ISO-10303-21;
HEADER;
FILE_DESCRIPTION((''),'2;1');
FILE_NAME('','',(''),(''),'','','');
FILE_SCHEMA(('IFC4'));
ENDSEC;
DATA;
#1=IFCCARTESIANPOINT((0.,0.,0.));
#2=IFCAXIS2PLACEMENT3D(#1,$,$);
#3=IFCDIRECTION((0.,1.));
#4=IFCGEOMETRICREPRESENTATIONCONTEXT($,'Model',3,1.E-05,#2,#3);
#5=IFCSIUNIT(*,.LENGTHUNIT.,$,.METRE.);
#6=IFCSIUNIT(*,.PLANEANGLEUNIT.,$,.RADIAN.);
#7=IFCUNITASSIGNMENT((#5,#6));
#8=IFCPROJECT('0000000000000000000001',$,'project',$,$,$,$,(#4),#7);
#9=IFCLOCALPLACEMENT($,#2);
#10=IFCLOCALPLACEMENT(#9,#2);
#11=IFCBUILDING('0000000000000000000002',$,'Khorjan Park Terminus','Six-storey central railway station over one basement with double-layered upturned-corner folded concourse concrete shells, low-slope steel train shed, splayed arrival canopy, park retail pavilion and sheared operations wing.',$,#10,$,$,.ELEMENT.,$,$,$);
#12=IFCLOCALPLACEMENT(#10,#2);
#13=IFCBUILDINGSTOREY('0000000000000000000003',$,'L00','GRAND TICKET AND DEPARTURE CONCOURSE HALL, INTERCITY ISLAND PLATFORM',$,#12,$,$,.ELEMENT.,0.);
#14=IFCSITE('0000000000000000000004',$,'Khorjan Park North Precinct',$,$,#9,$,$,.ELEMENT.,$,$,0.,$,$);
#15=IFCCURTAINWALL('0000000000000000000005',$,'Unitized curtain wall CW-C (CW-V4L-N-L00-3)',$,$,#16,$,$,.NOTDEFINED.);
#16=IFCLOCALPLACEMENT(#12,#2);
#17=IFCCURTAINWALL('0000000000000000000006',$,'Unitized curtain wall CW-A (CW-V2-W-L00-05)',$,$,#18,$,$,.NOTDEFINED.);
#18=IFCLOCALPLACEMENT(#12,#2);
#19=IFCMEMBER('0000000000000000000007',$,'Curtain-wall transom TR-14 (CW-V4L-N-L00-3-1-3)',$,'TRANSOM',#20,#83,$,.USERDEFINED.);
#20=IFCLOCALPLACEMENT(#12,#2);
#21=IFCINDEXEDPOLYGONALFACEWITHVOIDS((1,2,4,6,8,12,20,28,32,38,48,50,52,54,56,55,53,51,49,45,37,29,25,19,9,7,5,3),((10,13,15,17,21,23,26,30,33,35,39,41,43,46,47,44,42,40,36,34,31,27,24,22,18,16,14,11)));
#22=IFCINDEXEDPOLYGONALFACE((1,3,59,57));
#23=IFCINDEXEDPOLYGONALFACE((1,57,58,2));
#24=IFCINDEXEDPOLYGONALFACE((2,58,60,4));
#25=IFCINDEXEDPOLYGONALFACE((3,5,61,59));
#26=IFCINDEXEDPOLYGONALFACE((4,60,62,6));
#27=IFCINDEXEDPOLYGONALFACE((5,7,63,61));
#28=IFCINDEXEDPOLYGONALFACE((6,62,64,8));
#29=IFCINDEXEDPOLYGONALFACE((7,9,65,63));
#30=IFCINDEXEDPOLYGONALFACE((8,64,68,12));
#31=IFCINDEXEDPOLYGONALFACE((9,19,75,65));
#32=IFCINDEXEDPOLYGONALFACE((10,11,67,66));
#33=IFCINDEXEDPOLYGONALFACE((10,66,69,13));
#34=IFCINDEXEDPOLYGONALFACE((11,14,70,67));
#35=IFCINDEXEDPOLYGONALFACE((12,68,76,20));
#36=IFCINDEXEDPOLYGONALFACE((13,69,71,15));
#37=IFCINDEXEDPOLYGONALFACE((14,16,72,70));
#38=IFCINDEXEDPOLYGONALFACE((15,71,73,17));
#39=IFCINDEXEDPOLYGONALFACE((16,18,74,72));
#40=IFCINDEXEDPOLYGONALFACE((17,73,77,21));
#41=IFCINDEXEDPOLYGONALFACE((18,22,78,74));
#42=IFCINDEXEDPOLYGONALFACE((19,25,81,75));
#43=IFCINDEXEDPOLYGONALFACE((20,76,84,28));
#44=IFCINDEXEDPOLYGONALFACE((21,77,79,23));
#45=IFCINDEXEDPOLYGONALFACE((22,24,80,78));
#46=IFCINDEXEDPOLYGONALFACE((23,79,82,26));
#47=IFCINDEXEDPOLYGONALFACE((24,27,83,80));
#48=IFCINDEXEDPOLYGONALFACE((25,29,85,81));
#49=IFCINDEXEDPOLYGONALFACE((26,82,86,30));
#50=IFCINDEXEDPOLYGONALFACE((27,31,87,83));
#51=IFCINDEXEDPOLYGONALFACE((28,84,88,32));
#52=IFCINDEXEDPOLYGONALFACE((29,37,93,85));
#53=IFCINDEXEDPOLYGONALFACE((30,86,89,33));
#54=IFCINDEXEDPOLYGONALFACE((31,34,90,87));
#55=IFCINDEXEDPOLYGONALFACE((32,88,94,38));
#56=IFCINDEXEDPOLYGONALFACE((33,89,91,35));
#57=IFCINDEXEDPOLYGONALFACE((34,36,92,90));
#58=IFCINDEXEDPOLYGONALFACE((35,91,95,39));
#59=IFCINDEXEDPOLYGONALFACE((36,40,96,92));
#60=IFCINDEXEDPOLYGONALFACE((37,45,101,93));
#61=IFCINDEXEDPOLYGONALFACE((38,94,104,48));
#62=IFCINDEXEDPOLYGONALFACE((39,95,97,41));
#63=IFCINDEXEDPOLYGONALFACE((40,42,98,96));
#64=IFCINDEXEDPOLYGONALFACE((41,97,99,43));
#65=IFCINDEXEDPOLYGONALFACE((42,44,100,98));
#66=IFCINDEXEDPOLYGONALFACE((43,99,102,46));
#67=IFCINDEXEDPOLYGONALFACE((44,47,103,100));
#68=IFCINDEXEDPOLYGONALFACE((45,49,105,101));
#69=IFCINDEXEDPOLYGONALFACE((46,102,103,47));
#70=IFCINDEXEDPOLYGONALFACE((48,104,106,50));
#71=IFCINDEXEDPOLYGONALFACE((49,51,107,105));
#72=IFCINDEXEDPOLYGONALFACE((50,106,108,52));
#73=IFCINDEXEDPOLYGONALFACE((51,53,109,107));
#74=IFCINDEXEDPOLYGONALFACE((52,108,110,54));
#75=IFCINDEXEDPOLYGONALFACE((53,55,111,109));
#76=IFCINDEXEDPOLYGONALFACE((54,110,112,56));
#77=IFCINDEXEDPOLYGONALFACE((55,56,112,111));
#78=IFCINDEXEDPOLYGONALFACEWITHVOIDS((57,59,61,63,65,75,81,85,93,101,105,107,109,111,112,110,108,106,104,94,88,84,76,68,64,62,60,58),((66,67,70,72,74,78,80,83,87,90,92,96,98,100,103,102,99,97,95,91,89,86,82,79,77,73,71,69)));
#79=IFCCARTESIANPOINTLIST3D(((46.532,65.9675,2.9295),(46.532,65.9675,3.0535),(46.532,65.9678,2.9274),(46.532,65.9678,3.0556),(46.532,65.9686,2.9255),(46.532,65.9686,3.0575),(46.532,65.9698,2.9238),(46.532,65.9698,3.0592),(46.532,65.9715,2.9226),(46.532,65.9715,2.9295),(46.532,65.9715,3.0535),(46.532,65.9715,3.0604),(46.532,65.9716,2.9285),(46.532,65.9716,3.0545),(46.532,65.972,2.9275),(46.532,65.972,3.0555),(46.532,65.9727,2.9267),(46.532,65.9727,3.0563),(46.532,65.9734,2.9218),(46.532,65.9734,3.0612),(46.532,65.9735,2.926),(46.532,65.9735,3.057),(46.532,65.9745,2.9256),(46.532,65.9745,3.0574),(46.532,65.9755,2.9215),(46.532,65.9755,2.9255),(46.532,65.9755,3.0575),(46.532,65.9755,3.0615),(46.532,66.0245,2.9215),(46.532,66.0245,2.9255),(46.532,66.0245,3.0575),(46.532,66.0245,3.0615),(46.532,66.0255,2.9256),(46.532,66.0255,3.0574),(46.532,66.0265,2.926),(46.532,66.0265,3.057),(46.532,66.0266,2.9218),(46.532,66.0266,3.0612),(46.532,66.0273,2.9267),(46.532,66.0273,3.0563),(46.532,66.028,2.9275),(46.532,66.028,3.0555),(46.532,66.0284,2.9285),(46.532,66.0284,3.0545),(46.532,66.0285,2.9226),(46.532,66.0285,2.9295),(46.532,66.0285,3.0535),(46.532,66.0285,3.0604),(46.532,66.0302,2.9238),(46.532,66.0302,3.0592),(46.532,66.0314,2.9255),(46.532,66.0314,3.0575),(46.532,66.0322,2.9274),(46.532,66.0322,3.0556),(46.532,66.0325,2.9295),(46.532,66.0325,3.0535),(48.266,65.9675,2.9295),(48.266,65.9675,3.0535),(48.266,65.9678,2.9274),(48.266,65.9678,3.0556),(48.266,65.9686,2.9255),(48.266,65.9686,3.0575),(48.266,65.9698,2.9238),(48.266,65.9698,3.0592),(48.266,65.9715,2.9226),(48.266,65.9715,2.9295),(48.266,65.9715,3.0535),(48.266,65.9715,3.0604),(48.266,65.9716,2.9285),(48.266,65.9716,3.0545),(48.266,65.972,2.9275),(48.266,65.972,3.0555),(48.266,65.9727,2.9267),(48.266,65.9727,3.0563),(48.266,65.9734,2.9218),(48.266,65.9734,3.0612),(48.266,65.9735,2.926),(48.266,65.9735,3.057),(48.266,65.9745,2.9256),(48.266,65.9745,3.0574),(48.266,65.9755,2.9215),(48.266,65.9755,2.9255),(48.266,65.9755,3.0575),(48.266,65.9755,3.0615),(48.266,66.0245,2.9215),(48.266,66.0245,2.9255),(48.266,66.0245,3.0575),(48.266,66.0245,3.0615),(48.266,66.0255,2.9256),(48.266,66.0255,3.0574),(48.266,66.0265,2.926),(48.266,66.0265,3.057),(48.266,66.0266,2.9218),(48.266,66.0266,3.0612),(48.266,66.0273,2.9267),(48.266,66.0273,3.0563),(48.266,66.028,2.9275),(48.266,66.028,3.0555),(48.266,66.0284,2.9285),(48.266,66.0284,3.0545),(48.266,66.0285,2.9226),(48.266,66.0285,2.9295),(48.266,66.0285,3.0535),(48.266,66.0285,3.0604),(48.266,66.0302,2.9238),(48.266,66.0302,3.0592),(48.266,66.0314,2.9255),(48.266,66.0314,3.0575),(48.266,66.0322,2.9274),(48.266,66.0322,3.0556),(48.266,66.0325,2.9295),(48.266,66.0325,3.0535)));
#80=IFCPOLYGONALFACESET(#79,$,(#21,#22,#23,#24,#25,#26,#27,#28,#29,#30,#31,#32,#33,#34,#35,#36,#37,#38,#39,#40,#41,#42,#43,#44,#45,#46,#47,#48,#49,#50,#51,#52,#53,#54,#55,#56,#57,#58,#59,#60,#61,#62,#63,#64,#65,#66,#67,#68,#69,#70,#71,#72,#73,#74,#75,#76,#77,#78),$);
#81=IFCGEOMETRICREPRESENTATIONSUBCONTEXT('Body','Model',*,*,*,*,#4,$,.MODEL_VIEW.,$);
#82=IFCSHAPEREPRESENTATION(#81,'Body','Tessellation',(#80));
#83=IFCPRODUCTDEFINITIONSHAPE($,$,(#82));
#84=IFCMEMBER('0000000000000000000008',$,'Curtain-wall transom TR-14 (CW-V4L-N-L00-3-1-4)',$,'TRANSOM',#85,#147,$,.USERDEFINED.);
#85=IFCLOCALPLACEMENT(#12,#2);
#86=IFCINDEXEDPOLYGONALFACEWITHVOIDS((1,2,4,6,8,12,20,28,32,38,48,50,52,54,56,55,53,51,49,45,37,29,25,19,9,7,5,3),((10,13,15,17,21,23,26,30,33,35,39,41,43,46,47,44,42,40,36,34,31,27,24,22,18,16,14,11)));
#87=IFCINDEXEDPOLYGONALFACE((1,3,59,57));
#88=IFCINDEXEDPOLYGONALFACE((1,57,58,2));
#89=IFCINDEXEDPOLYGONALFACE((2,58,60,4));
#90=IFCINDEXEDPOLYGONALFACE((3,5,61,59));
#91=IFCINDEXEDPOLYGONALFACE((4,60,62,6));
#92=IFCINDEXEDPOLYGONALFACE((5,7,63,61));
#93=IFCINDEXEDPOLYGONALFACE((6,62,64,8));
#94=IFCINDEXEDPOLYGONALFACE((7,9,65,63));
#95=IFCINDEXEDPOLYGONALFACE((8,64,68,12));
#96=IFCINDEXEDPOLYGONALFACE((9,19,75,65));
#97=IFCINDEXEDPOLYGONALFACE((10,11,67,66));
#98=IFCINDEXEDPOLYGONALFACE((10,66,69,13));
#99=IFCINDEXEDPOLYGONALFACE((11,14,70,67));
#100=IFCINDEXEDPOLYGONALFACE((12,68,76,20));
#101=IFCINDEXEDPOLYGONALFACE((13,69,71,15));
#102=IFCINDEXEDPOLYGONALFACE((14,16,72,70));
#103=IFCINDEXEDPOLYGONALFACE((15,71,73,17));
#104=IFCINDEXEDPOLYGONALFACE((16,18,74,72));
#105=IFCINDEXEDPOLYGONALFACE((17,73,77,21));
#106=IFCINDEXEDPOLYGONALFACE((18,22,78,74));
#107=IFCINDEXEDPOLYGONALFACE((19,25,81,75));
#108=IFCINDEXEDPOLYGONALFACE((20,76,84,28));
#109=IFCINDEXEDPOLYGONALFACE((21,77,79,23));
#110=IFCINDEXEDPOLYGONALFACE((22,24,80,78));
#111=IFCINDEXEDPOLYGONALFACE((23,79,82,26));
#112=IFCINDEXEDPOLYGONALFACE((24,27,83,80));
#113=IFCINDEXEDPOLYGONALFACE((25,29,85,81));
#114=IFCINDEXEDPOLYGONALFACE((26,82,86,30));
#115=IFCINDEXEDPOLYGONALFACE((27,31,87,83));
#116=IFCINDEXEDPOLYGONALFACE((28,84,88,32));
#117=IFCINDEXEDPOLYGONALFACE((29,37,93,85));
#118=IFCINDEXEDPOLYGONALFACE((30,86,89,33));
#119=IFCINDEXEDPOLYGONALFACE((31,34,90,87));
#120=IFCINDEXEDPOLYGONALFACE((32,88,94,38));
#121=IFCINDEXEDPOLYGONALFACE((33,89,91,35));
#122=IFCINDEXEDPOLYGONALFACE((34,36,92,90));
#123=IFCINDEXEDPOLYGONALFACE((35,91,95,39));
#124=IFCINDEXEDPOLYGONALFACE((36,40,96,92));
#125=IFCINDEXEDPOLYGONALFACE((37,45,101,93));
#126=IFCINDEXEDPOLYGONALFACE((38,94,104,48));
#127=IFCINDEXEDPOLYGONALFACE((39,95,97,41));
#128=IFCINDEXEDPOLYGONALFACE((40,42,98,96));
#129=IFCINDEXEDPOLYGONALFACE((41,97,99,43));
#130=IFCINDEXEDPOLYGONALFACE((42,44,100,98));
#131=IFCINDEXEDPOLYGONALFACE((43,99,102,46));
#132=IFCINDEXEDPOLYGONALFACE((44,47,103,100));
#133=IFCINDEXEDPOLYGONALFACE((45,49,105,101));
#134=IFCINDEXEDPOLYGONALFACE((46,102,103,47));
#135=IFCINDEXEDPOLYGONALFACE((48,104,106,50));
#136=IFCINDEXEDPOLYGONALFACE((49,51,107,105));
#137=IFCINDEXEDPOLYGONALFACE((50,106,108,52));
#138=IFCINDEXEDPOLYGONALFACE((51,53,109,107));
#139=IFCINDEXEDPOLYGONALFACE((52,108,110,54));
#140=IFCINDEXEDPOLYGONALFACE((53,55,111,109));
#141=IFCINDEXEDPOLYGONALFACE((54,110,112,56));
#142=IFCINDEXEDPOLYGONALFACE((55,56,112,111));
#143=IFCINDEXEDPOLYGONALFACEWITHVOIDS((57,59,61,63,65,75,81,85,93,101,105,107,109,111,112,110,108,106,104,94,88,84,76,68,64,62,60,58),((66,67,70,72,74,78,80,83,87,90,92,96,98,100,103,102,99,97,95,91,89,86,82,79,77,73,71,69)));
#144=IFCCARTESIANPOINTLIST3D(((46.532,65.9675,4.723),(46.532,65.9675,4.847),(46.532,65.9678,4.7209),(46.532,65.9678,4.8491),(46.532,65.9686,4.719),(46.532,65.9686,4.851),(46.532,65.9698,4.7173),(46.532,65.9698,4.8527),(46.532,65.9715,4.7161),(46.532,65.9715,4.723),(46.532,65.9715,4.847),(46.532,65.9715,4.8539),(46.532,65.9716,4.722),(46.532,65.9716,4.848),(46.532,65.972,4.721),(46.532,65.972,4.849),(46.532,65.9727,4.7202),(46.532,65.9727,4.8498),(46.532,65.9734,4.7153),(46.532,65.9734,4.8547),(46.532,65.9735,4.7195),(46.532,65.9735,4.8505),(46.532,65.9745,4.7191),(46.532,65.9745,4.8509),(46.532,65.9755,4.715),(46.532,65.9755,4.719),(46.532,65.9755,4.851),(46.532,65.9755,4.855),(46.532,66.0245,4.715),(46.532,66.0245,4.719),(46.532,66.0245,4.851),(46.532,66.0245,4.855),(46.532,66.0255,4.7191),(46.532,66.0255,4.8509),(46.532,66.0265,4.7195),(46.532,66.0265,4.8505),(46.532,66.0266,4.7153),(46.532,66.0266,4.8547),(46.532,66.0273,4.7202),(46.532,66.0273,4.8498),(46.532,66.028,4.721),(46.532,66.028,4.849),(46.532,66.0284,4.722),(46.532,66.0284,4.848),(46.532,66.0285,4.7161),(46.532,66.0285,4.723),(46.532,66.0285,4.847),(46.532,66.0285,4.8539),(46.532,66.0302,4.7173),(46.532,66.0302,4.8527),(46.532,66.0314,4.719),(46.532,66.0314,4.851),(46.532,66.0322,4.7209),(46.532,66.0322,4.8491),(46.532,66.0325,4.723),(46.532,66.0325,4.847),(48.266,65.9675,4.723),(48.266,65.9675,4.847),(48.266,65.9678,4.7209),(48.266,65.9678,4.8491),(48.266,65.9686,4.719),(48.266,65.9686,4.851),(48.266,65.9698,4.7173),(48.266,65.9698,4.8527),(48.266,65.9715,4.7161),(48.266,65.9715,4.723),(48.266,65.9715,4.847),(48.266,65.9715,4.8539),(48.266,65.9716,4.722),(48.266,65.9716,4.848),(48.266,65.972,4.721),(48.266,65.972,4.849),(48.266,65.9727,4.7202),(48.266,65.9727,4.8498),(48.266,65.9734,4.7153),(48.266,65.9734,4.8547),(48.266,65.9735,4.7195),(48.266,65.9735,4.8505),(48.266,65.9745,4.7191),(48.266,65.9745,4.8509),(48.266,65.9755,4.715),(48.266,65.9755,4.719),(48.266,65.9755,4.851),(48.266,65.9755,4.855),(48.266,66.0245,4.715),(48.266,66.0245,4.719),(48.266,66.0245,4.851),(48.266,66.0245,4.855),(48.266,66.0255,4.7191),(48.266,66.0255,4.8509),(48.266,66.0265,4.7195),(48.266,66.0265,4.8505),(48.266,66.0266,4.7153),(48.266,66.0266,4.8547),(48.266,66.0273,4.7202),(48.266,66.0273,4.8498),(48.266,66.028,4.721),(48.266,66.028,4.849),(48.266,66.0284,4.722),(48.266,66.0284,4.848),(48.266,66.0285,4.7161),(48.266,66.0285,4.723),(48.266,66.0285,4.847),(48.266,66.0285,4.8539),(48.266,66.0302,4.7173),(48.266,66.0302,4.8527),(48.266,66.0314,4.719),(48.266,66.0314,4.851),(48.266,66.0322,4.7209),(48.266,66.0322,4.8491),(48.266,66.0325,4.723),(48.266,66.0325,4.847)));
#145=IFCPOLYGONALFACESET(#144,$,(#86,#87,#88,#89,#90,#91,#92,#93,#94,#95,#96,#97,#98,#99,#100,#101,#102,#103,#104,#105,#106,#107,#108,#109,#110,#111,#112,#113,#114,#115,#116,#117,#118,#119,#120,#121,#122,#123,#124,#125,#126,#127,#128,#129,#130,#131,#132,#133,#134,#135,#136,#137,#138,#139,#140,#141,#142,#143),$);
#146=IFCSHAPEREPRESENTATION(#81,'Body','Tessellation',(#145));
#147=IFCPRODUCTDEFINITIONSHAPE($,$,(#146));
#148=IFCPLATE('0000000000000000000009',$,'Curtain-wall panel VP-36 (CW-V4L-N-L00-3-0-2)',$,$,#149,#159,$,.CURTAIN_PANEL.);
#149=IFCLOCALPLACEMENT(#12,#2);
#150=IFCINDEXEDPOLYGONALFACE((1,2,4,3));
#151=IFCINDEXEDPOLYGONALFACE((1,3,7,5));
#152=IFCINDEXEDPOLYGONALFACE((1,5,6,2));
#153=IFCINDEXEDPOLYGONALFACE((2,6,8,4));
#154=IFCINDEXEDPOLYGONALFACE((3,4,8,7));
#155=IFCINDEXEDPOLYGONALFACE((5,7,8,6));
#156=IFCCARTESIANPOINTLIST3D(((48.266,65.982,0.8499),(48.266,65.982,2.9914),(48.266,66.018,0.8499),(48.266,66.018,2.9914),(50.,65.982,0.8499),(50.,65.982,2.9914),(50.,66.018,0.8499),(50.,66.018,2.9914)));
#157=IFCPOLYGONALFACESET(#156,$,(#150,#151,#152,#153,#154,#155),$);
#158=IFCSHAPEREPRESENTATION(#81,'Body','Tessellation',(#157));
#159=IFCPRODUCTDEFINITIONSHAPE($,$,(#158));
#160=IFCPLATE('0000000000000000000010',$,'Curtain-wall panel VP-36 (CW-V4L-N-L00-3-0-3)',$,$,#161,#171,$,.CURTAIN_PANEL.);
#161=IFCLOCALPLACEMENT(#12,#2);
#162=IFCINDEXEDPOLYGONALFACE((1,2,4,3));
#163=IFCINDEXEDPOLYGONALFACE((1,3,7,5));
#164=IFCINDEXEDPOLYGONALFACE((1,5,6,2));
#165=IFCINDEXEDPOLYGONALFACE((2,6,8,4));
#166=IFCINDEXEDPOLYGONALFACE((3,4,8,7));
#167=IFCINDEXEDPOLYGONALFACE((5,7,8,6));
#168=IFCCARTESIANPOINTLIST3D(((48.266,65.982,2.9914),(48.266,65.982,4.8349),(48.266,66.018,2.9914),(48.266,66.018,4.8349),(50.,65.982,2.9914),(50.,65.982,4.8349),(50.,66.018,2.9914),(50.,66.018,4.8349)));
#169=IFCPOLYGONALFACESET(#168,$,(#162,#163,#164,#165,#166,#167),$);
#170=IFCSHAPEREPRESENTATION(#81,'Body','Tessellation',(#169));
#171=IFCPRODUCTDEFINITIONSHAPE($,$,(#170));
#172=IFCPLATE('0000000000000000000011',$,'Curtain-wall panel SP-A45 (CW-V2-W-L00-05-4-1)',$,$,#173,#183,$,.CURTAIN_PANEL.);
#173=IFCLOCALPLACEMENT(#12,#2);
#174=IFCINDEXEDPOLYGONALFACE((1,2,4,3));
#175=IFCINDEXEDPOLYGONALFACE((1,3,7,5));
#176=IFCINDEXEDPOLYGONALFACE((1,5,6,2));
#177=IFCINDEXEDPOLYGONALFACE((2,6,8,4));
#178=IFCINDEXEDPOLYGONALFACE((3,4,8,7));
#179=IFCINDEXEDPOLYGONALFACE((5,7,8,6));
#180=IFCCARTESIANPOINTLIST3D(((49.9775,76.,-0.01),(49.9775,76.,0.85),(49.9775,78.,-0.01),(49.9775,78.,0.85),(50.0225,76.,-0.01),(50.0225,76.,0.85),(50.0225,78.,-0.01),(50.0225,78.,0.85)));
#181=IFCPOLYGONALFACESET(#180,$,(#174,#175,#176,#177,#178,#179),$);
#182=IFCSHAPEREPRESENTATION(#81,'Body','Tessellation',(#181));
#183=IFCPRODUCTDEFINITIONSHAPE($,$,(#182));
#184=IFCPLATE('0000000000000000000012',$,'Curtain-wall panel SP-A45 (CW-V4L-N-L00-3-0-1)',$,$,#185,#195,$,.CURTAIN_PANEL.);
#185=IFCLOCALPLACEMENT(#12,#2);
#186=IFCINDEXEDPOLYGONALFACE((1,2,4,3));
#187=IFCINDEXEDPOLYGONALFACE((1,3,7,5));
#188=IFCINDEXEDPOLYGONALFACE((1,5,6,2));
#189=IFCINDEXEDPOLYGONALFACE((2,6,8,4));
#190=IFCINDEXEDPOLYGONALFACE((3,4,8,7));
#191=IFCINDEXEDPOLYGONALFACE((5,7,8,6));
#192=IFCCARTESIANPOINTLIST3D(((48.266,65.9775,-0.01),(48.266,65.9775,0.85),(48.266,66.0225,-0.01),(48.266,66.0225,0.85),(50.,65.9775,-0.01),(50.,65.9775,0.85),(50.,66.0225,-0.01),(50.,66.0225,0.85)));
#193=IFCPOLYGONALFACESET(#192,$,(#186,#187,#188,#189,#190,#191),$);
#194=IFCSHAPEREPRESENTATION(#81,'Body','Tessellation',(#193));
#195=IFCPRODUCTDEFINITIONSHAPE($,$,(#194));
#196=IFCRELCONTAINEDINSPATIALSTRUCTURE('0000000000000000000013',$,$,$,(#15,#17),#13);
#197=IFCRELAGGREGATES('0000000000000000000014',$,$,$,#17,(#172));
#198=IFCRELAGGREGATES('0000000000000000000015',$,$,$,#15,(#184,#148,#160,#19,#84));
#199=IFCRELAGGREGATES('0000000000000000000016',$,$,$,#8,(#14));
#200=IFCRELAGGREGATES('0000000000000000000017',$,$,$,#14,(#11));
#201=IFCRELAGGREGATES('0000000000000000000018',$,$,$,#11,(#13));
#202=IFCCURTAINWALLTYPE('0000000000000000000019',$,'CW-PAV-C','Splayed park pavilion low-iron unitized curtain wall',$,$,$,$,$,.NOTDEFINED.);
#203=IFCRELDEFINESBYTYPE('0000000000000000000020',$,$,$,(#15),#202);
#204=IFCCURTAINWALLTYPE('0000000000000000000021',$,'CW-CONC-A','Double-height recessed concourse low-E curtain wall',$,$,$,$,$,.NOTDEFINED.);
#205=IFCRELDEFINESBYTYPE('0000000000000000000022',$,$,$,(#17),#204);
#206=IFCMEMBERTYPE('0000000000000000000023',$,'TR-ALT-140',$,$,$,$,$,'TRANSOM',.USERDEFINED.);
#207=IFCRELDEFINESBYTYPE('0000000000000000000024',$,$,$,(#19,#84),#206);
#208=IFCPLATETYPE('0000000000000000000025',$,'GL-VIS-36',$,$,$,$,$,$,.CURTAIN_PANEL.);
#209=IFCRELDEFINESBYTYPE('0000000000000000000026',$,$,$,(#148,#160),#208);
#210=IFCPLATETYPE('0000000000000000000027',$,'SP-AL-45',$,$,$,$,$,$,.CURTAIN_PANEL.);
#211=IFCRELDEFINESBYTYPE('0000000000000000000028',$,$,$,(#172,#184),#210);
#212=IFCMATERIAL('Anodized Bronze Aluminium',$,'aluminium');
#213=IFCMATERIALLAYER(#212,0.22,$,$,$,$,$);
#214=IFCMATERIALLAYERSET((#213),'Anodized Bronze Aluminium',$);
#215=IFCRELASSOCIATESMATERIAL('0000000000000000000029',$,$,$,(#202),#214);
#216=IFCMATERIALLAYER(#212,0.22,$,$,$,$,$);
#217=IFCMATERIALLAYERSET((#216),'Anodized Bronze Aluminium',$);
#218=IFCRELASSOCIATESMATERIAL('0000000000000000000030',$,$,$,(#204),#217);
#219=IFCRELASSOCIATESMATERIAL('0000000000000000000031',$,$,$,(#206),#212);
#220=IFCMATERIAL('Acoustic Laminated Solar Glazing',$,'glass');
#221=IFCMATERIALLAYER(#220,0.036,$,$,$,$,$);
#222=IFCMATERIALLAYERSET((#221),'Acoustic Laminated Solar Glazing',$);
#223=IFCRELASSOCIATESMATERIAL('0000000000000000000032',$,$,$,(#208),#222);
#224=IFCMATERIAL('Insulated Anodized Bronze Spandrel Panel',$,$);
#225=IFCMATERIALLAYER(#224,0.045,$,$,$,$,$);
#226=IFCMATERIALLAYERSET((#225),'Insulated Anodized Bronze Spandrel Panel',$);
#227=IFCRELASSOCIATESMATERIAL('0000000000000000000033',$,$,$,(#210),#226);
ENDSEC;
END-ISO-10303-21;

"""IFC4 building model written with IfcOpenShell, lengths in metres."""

from ifc_helpers import new_model, si_unit, direction, frame, origin, origin_2d, place, context, subcontext, project, spatial, rectangle, hollow_rectangle, extrude, material, layer, layer_set, material_profile, profile_set, type_object, element, aggregate, save


model = new_model("IFC4")

# Units and contexts
model_context = context("Model", 3, precision=1e-05, world=origin(), true_north=direction((0.0, 1.0)))
body_context = subcontext(model_context, "Body", "Model", "MODEL_VIEW")
ifc_project = project(units=[si_unit("LENGTHUNIT", "METRE"), si_unit("PLANEANGLEUNIT", "RADIAN")], contexts=[model_context])

# Site, building, storey
site_placement = place(None, origin())
site = spatial("IfcSite", under=ifc_project, at=site_placement, Name="Khorjan Park North Precinct", CompositionType="ELEMENT", RefElevation=0.0)
building_placement = place(site_placement, origin())
building = spatial("IfcBuilding", under=site, at=building_placement, Name="Khorjan Park Terminus", Description="Six-storey central railway station over one basement with double-layered upturned-corner folded concourse concrete shells, low-slope steel train shed, splayed arrival canopy, park retail pavilion and sheared operations wing.", CompositionType="ELEMENT")
storey_placement = place(building_placement, origin())
storey = spatial("IfcBuildingStorey", under=building, at=storey_placement, Name="L00", Description="GRAND TICKET AND DEPARTURE CONCOURSE HALL, INTERCITY ISLAND PLATFORM", CompositionType="ELEMENT", Elevation=0.0)

# Curtain walls
ifc_material_1 = material(Name="Anodized Bronze Aluminium", Category="aluminium")
ifc_layer_1 = layer(ifc_material_1, 0.22)
ifc_layer_set_1 = layer_set([ifc_layer_1], Name="Anodized Bronze Aluminium")
curtain_wall_type_1 = type_object("IfcCurtainWallType", Name="CW-PAV-C", Description="Splayed park pavilion low-iron unitized curtain wall", PredefinedType="NOTDEFINED", material=ifc_layer_set_1)
curtain_wall_1_placement = place(storey_placement, origin())
curtain_wall_1 = element("IfcCurtainWall", 1, at=curtain_wall_1_placement, inside=storey, type_object=curtain_wall_type_1, Name="Unitized curtain wall CW-C (CW-V4L-N-L00-3)", PredefinedType="NOTDEFINED")
ifc_layer_2 = layer(ifc_material_1, 0.22)
ifc_layer_set_2 = layer_set([ifc_layer_2], Name="Anodized Bronze Aluminium")
curtain_wall_type_2 = type_object("IfcCurtainWallType", Name="CW-CONC-A", Description="Double-height recessed concourse low-E curtain wall", PredefinedType="NOTDEFINED", material=ifc_layer_set_2)
curtain_wall_2_placement = place(storey_placement, origin())
curtain_wall_2 = element("IfcCurtainWall", 2, at=curtain_wall_2_placement, inside=storey, type_object=curtain_wall_type_2, Name="Unitized curtain wall CW-A (CW-V2-W-L00-05)", PredefinedType="NOTDEFINED")

# Members
ifc_material_profile_1 = material_profile(ifc_material_1, hollow_rectangle(XDim=0.065, YDim=0.14, WallThickness=0.004, InnerFilletRadius=0.004, OuterFilletRadius=0.008, at=origin_2d()), Name="ALT 65x140x4")
ifc_profile_set_1 = profile_set([ifc_material_profile_1], Name="Anodized Bronze Aluminium")
member_type_1 = type_object("IfcMemberType", Name="TR-ALT-140", ElementType="TRANSOM", PredefinedType="USERDEFINED", material=ifc_profile_set_1)
member_1_placement = place(storey_placement, frame((48.266, 66.0, 2.9915), z_axis=(-1.0, 0.0, 0.0), x_axis=(0.0, -1.0, 0.0)))
member_1 = element("IfcMember", 3, at=member_1_placement, type_object=member_type_1, Name="Curtain-wall transom TR-14 (CW-V4L-N-L00-3-1-3)", ObjectType="TRANSOM", PredefinedType="USERDEFINED", context=body_context, shape_type="SweptSolid", body=[
    extrude(hollow_rectangle(XDim=0.065, YDim=0.14, WallThickness=0.004, InnerFilletRadius=0.004, OuterFilletRadius=0.008, at=origin_2d()), origin(), (0.0, 0.0, 1.0), 1.734),
])
member_2_placement = place(storey_placement, frame((48.266, 66.0, 4.785), z_axis=(-1.0, 0.0, 0.0), x_axis=(0.0, -1.0, 0.0)))
member_2 = element("IfcMember", 4, at=member_2_placement, type_object=member_type_1, Name="Curtain-wall transom TR-14 (CW-V4L-N-L00-3-1-4)", ObjectType="TRANSOM", PredefinedType="USERDEFINED", context=body_context, shape_type="SweptSolid", body=[
    extrude(hollow_rectangle(XDim=0.065, YDim=0.14, WallThickness=0.004, InnerFilletRadius=0.004, OuterFilletRadius=0.008, at=origin_2d()), origin(), (0.0, 0.0, 1.0), 1.734),
])

# Plates
ifc_material_2 = material(Name="Acoustic Laminated Solar Glazing", Category="glass")
ifc_layer_3 = layer(ifc_material_2, 0.036)
ifc_layer_set_3 = layer_set([ifc_layer_3], Name="Acoustic Laminated Solar Glazing")
plate_type_1 = type_object("IfcPlateType", Name="GL-VIS-36", PredefinedType="CURTAIN_PANEL", material=ifc_layer_set_3)
plate_1_placement = place(storey_placement, frame((49.133, 66.0, 0.8499), z_axis=(0.0, 0.0, 1.0), x_axis=(-1.0, 0.0, 0.0)))
plate_1 = element("IfcPlate", 5, at=plate_1_placement, type_object=plate_type_1, Name="Curtain-wall panel VP-36 (CW-V4L-N-L00-3-0-2)", PredefinedType="CURTAIN_PANEL", context=body_context, shape_type="SweptSolid", body=[
    extrude(rectangle(XDim=1.734, YDim=0.036, at=origin_2d()), origin(), (0.0, 0.0, 1.0), 2.1415),
])
plate_2_placement = place(storey_placement, frame((49.133, 66.0, 2.9914), z_axis=(0.0, 0.0, 1.0), x_axis=(-1.0, 0.0, 0.0)))
plate_2 = element("IfcPlate", 6, at=plate_2_placement, type_object=plate_type_1, Name="Curtain-wall panel VP-36 (CW-V4L-N-L00-3-0-3)", PredefinedType="CURTAIN_PANEL", context=body_context, shape_type="SweptSolid", body=[
    extrude(rectangle(XDim=1.734, YDim=0.036, at=origin_2d()), origin(), (0.0, 0.0, 1.0), 1.8435),
])
ifc_material_3 = material(Name="Insulated Anodized Bronze Spandrel Panel")
ifc_layer_4 = layer(ifc_material_3, 0.045)
ifc_layer_set_4 = layer_set([ifc_layer_4], Name="Insulated Anodized Bronze Spandrel Panel")
plate_type_2 = type_object("IfcPlateType", Name="SP-AL-45", PredefinedType="CURTAIN_PANEL", material=ifc_layer_set_4)
plate_3_placement = place(storey_placement, frame((50.0, 77.0, -0.01), z_axis=(0.0, 0.0, 1.0), x_axis=(0.0, -1.0, 0.0)))
plate_3 = element("IfcPlate", 7, at=plate_3_placement, type_object=plate_type_2, Name="Curtain-wall panel SP-A45 (CW-V2-W-L00-05-4-1)", PredefinedType="CURTAIN_PANEL", context=body_context, shape_type="SweptSolid", body=[
    extrude(rectangle(XDim=2.0, YDim=0.045, at=origin_2d()), origin(), (0.0, 0.0, 1.0), 0.86),
])
aggregate(curtain_wall_2, [plate_3])
plate_4_placement = place(storey_placement, frame((49.133, 66.0, -0.01), z_axis=(0.0, 0.0, 1.0), x_axis=(-1.0, 0.0, 0.0)))
plate_4 = element("IfcPlate", 8, at=plate_4_placement, type_object=plate_type_2, Name="Curtain-wall panel SP-A45 (CW-V4L-N-L00-3-0-1)", PredefinedType="CURTAIN_PANEL", context=body_context, shape_type="SweptSolid", body=[
    extrude(rectangle(XDim=1.734, YDim=0.045, at=origin_2d()), origin(), (0.0, 0.0, 1.0), 0.86),
])
aggregate(curtain_wall_1, [plate_4, plate_1, plate_2, member_1, member_2])

save(model, "model.ifc")
